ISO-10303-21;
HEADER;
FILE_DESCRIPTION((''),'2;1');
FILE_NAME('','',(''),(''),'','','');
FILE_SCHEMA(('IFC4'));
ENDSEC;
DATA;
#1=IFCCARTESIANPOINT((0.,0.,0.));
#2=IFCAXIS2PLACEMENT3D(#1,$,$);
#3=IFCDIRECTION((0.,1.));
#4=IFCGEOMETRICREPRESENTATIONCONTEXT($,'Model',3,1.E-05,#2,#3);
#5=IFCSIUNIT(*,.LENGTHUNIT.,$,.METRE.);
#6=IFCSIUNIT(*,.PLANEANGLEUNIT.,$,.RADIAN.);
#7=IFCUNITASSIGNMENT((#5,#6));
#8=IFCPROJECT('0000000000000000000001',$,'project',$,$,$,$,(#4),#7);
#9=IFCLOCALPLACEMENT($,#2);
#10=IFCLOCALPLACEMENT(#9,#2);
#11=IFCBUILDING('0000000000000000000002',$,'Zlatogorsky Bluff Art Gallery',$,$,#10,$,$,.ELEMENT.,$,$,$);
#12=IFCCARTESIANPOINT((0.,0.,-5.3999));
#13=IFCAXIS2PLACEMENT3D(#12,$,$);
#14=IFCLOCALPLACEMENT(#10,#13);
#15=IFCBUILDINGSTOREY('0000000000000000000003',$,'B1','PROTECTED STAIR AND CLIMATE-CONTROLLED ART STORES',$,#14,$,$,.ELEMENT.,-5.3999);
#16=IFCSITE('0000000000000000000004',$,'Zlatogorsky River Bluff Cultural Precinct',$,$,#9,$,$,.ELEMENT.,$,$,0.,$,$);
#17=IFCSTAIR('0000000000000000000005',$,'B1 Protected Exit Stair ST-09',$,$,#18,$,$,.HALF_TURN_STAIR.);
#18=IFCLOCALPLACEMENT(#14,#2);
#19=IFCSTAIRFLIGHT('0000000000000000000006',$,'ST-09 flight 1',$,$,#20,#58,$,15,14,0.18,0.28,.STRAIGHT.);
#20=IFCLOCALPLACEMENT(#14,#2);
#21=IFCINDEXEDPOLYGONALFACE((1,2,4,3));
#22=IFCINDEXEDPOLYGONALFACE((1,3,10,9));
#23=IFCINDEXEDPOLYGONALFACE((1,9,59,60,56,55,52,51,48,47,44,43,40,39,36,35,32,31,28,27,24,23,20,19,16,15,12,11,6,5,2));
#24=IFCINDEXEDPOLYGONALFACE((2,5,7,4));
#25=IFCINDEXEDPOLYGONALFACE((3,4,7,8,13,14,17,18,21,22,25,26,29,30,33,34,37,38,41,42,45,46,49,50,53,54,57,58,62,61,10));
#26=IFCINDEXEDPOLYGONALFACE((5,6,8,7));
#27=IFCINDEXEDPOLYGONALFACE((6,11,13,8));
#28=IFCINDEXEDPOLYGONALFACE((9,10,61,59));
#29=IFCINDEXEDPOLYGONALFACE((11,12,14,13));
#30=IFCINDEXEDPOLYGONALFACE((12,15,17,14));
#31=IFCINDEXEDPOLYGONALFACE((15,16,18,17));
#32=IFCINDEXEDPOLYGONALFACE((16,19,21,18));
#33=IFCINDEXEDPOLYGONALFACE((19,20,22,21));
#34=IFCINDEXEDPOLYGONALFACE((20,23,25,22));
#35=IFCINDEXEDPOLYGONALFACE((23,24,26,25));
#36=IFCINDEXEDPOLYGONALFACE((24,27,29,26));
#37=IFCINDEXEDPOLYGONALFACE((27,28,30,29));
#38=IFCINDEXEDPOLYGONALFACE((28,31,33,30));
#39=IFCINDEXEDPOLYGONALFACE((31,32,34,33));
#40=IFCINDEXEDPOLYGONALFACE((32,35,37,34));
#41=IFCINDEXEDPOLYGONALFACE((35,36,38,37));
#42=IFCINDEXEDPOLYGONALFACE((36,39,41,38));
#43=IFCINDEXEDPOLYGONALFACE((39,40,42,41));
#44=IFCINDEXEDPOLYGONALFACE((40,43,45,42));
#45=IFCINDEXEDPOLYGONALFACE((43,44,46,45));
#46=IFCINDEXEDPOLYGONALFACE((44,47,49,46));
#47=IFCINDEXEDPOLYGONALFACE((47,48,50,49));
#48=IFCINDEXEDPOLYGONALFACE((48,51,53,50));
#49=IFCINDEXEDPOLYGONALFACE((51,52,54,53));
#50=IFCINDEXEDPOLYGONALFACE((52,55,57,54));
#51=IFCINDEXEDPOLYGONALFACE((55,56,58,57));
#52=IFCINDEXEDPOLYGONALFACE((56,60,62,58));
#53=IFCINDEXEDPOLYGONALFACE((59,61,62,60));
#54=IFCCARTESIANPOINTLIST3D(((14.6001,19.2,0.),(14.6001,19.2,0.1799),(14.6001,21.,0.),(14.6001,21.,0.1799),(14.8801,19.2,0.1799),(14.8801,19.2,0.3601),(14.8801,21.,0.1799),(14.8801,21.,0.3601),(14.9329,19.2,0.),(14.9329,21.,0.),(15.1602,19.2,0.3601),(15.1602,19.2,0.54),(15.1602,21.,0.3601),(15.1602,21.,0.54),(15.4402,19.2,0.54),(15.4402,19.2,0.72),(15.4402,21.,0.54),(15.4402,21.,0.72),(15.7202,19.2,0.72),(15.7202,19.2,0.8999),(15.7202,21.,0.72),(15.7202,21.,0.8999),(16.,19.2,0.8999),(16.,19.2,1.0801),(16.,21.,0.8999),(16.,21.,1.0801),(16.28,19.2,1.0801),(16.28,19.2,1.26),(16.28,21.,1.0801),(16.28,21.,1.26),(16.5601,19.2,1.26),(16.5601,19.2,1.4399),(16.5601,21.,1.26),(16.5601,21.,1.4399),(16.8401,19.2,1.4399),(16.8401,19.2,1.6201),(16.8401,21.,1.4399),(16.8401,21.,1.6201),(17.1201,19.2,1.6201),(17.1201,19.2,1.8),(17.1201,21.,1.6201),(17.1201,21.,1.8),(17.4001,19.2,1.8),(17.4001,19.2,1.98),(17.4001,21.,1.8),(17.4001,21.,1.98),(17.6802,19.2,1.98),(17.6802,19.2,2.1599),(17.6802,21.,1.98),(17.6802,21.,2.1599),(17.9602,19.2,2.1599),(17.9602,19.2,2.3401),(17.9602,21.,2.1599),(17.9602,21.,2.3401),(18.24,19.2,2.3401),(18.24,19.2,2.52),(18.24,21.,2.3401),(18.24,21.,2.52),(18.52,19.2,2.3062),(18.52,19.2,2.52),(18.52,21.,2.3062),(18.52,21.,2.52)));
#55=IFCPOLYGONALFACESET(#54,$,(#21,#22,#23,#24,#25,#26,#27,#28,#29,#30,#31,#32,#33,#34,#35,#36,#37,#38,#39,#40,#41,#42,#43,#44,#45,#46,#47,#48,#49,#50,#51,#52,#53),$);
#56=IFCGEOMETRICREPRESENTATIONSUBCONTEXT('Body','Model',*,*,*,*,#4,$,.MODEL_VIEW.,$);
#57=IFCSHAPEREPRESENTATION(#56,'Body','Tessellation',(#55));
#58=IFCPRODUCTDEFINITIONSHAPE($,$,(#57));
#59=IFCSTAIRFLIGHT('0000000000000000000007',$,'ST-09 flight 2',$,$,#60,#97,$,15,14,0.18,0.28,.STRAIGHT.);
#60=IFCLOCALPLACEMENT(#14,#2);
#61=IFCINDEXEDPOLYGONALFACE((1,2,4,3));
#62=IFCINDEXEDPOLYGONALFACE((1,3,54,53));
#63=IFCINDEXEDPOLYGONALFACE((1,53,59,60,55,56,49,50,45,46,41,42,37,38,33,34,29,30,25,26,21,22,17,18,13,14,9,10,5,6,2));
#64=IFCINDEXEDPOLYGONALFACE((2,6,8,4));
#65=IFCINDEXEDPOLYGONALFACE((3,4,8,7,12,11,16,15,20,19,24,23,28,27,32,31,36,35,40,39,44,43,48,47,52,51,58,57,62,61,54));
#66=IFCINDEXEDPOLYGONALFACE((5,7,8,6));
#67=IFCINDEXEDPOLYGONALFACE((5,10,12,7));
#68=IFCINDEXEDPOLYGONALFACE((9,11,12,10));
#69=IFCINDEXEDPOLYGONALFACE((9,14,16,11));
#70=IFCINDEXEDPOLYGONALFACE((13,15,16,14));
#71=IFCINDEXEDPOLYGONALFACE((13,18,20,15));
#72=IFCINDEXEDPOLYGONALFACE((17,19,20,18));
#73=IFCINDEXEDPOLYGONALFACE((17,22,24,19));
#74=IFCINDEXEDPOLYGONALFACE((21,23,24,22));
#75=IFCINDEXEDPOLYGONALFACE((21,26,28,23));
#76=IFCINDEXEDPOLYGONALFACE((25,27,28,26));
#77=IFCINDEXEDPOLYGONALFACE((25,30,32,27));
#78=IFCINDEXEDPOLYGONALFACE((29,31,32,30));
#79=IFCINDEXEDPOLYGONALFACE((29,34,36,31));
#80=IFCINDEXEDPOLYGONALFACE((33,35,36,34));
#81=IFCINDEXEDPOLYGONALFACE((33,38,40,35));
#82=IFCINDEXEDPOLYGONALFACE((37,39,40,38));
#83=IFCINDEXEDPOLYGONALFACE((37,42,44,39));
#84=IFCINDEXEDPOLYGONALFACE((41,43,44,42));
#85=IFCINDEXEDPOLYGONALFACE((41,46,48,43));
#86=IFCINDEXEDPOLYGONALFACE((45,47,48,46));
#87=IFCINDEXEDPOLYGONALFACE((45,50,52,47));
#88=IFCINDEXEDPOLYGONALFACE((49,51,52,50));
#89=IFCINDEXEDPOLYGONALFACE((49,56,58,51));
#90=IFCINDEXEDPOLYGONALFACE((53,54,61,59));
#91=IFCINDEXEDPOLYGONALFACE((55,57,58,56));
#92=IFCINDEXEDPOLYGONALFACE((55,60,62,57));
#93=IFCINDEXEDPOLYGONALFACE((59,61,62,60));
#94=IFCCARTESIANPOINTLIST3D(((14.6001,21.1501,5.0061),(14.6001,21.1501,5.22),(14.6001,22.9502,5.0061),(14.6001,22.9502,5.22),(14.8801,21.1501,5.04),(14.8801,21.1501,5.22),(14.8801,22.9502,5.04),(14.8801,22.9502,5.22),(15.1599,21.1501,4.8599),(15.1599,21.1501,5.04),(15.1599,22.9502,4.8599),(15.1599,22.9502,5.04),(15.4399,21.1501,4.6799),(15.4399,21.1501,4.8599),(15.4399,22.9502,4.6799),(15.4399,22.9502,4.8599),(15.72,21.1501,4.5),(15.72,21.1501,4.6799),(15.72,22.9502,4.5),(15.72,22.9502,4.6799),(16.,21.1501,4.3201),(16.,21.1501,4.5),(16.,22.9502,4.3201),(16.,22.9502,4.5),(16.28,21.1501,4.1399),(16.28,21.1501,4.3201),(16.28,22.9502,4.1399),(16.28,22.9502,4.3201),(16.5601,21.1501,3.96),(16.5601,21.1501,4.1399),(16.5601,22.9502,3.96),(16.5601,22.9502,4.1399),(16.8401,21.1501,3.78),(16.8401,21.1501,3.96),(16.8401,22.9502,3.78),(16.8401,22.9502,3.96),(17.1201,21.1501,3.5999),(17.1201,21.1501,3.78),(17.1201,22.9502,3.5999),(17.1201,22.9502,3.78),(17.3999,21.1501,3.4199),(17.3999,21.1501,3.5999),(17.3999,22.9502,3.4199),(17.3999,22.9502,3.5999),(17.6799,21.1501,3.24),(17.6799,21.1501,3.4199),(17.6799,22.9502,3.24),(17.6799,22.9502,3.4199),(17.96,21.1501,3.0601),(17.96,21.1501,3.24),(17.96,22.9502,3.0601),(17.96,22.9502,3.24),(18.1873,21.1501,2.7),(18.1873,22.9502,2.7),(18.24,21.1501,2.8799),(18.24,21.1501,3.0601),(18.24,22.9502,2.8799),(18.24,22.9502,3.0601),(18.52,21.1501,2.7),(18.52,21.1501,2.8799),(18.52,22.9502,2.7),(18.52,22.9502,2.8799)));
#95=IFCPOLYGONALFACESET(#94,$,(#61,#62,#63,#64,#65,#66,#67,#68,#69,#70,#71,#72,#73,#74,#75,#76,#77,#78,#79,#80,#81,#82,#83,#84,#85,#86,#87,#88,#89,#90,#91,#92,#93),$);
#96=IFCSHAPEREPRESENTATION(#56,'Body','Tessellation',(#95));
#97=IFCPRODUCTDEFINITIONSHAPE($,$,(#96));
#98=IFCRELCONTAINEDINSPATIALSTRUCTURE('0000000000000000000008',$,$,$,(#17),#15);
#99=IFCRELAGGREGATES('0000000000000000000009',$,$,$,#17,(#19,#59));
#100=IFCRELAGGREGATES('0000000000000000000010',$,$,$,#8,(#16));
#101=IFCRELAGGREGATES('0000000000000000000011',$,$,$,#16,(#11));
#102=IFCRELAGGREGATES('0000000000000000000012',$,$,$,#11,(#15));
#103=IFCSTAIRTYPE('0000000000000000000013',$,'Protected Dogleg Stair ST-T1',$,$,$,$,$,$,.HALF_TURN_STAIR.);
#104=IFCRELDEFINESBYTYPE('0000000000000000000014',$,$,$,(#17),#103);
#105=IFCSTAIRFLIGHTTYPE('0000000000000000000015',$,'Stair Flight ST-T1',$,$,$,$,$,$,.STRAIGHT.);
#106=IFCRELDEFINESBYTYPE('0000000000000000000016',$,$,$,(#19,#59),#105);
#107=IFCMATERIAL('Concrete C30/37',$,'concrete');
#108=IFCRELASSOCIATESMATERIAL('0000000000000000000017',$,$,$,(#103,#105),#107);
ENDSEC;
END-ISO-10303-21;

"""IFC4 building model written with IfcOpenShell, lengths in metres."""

from ifc_helpers import new_model, si_unit, direction, frame, origin, place, context, subcontext, project, spatial, polyline, outline, extrude, material, type_object, element, aggregate, save


model = new_model("IFC4")

# Units and contexts
model_context = context("Model", 3, precision=1e-05, world=origin(), true_north=direction((0.0, 1.0)))
body_context = subcontext(model_context, "Body", "Model", "MODEL_VIEW")
ifc_project = project(units=[si_unit("LENGTHUNIT", "METRE"), si_unit("PLANEANGLEUNIT", "RADIAN")], contexts=[model_context])

# Site, building, storey
site_placement = place(None, origin())
site = spatial("IfcSite", under=ifc_project, at=site_placement, Name="Zlatogorsky River Bluff Cultural Precinct", CompositionType="ELEMENT", RefElevation=0.0)
building_placement = place(site_placement, origin())
building = spatial("IfcBuilding", under=site, at=building_placement, Name="Zlatogorsky Bluff Art Gallery", CompositionType="ELEMENT")
storey_placement = place(building_placement, frame((0.0, 0.0, -5.3999)))
storey = spatial("IfcBuildingStorey", under=building, at=storey_placement, Name="B1", Description="PROTECTED STAIR AND CLIMATE-CONTROLLED ART STORES", CompositionType="ELEMENT", Elevation=-5.3999)

# Stair, stair flights
ifc_material_1 = material(Name="Concrete C30/37", Category="concrete")
stair_type = type_object("IfcStairType", Name="Protected Dogleg Stair ST-T1", PredefinedType="HALF_TURN_STAIR", material=ifc_material_1)
stair_placement = place(storey_placement, origin())
stair = element("IfcStair", 1, at=stair_placement, inside=storey, type_object=stair_type, Name="B1 Protected Exit Stair ST-09", PredefinedType="HALF_TURN_STAIR")
stair_flight_type = type_object("IfcStairFlightType", Name="Stair Flight ST-T1", PredefinedType="STRAIGHT", material=ifc_material_1)
stair_flight_1_placement = place(storey_placement, frame((14.6001, 20.1001, 0.0), z_axis=(0.0, 0.0, 1.0), x_axis=(1.0, 0.0, 0.0)))
stair_flight_1 = element("IfcStairFlight", 2, at=stair_flight_1_placement, type_object=stair_flight_type, Name="ST-09 flight 1", NumberOfRisers=15, NumberOfTreads=14, PredefinedType="STRAIGHT", RiserHeight=0.18, TreadLength=0.28, context=body_context, shape_type="SweptSolid", body=[
    extrude(outline(polyline([(0.0, 0.0), (0.0, 0.1799), (0.28, 0.1799), (0.28, 0.3601), (0.5601, 0.3601), (0.5601, 0.54), (0.8401, 0.54), (0.8401, 0.72), (1.1201, 0.72), (1.1201, 0.8999), (1.3999, 0.8999), (1.3999, 1.0801), (1.6799, 1.0801), (1.6799, 1.26), (1.96, 1.26), (1.96, 1.4399), (2.24, 1.4399), (2.24, 1.6201), (2.52, 1.6201), (2.52, 1.8), (2.8, 1.8), (2.8, 1.98), (3.0801, 1.98), (3.0801, 2.1599), (3.3601, 2.1599), (3.3601, 2.3401), (3.6399, 2.3401), (3.6399, 2.52), (3.9199, 2.52), (3.9199, 2.7), (3.9199, 2.3062), (0.3328, 0.0), (0.0, 0.0)])), frame((0.0, 0.8999, 0.0), z_axis=(0.0, -1.0, 0.0), x_axis=(1.0, 0.0, 0.0)), (0.0, 0.0, 1.0), 1.8),
])
stair_flight_2_placement = place(storey_placement, frame((18.52, 22.05, 2.7), z_axis=(0.0, 0.0, 1.0), x_axis=(-1.0, 0.0, 0.0)))
stair_flight_2 = element("IfcStairFlight", 3, at=stair_flight_2_placement, type_object=stair_flight_type, Name="ST-09 flight 2", NumberOfRisers=15, NumberOfTreads=14, PredefinedType="STRAIGHT", RiserHeight=0.18, TreadLength=0.28, context=body_context, shape_type="SweptSolid", body=[
    extrude(outline(polyline([(0.0, 0.0), (0.0, 0.1799), (0.28, 0.1799), (0.28, 0.3601), (0.5601, 0.3601), (0.5601, 0.54), (0.8401, 0.54), (0.8401, 0.72), (1.1201, 0.72), (1.1201, 0.8999), (1.3999, 0.8999), (1.3999, 1.0801), (1.6799, 1.0801), (1.6799, 1.26), (1.96, 1.26), (1.96, 1.4399), (2.24, 1.4399), (2.24, 1.6201), (2.52, 1.6201), (2.52, 1.8), (2.8, 1.8), (2.8, 1.98), (3.0801, 1.98), (3.0801, 2.1599), (3.3601, 2.1599), (3.3601, 2.3401), (3.6399, 2.3401), (3.6399, 2.52), (3.9199, 2.52), (3.9199, 2.7), (3.9199, 2.3062), (0.3328, 0.0), (0.0, 0.0)])), frame((0.0, 0.8999, 0.0), z_axis=(0.0, -1.0, 0.0), x_axis=(1.0, 0.0, 0.0)), (0.0, 0.0, 1.0), 1.8),
])
aggregate(stair, [stair_flight_1, stair_flight_2])

save(model, "model.ifc")
